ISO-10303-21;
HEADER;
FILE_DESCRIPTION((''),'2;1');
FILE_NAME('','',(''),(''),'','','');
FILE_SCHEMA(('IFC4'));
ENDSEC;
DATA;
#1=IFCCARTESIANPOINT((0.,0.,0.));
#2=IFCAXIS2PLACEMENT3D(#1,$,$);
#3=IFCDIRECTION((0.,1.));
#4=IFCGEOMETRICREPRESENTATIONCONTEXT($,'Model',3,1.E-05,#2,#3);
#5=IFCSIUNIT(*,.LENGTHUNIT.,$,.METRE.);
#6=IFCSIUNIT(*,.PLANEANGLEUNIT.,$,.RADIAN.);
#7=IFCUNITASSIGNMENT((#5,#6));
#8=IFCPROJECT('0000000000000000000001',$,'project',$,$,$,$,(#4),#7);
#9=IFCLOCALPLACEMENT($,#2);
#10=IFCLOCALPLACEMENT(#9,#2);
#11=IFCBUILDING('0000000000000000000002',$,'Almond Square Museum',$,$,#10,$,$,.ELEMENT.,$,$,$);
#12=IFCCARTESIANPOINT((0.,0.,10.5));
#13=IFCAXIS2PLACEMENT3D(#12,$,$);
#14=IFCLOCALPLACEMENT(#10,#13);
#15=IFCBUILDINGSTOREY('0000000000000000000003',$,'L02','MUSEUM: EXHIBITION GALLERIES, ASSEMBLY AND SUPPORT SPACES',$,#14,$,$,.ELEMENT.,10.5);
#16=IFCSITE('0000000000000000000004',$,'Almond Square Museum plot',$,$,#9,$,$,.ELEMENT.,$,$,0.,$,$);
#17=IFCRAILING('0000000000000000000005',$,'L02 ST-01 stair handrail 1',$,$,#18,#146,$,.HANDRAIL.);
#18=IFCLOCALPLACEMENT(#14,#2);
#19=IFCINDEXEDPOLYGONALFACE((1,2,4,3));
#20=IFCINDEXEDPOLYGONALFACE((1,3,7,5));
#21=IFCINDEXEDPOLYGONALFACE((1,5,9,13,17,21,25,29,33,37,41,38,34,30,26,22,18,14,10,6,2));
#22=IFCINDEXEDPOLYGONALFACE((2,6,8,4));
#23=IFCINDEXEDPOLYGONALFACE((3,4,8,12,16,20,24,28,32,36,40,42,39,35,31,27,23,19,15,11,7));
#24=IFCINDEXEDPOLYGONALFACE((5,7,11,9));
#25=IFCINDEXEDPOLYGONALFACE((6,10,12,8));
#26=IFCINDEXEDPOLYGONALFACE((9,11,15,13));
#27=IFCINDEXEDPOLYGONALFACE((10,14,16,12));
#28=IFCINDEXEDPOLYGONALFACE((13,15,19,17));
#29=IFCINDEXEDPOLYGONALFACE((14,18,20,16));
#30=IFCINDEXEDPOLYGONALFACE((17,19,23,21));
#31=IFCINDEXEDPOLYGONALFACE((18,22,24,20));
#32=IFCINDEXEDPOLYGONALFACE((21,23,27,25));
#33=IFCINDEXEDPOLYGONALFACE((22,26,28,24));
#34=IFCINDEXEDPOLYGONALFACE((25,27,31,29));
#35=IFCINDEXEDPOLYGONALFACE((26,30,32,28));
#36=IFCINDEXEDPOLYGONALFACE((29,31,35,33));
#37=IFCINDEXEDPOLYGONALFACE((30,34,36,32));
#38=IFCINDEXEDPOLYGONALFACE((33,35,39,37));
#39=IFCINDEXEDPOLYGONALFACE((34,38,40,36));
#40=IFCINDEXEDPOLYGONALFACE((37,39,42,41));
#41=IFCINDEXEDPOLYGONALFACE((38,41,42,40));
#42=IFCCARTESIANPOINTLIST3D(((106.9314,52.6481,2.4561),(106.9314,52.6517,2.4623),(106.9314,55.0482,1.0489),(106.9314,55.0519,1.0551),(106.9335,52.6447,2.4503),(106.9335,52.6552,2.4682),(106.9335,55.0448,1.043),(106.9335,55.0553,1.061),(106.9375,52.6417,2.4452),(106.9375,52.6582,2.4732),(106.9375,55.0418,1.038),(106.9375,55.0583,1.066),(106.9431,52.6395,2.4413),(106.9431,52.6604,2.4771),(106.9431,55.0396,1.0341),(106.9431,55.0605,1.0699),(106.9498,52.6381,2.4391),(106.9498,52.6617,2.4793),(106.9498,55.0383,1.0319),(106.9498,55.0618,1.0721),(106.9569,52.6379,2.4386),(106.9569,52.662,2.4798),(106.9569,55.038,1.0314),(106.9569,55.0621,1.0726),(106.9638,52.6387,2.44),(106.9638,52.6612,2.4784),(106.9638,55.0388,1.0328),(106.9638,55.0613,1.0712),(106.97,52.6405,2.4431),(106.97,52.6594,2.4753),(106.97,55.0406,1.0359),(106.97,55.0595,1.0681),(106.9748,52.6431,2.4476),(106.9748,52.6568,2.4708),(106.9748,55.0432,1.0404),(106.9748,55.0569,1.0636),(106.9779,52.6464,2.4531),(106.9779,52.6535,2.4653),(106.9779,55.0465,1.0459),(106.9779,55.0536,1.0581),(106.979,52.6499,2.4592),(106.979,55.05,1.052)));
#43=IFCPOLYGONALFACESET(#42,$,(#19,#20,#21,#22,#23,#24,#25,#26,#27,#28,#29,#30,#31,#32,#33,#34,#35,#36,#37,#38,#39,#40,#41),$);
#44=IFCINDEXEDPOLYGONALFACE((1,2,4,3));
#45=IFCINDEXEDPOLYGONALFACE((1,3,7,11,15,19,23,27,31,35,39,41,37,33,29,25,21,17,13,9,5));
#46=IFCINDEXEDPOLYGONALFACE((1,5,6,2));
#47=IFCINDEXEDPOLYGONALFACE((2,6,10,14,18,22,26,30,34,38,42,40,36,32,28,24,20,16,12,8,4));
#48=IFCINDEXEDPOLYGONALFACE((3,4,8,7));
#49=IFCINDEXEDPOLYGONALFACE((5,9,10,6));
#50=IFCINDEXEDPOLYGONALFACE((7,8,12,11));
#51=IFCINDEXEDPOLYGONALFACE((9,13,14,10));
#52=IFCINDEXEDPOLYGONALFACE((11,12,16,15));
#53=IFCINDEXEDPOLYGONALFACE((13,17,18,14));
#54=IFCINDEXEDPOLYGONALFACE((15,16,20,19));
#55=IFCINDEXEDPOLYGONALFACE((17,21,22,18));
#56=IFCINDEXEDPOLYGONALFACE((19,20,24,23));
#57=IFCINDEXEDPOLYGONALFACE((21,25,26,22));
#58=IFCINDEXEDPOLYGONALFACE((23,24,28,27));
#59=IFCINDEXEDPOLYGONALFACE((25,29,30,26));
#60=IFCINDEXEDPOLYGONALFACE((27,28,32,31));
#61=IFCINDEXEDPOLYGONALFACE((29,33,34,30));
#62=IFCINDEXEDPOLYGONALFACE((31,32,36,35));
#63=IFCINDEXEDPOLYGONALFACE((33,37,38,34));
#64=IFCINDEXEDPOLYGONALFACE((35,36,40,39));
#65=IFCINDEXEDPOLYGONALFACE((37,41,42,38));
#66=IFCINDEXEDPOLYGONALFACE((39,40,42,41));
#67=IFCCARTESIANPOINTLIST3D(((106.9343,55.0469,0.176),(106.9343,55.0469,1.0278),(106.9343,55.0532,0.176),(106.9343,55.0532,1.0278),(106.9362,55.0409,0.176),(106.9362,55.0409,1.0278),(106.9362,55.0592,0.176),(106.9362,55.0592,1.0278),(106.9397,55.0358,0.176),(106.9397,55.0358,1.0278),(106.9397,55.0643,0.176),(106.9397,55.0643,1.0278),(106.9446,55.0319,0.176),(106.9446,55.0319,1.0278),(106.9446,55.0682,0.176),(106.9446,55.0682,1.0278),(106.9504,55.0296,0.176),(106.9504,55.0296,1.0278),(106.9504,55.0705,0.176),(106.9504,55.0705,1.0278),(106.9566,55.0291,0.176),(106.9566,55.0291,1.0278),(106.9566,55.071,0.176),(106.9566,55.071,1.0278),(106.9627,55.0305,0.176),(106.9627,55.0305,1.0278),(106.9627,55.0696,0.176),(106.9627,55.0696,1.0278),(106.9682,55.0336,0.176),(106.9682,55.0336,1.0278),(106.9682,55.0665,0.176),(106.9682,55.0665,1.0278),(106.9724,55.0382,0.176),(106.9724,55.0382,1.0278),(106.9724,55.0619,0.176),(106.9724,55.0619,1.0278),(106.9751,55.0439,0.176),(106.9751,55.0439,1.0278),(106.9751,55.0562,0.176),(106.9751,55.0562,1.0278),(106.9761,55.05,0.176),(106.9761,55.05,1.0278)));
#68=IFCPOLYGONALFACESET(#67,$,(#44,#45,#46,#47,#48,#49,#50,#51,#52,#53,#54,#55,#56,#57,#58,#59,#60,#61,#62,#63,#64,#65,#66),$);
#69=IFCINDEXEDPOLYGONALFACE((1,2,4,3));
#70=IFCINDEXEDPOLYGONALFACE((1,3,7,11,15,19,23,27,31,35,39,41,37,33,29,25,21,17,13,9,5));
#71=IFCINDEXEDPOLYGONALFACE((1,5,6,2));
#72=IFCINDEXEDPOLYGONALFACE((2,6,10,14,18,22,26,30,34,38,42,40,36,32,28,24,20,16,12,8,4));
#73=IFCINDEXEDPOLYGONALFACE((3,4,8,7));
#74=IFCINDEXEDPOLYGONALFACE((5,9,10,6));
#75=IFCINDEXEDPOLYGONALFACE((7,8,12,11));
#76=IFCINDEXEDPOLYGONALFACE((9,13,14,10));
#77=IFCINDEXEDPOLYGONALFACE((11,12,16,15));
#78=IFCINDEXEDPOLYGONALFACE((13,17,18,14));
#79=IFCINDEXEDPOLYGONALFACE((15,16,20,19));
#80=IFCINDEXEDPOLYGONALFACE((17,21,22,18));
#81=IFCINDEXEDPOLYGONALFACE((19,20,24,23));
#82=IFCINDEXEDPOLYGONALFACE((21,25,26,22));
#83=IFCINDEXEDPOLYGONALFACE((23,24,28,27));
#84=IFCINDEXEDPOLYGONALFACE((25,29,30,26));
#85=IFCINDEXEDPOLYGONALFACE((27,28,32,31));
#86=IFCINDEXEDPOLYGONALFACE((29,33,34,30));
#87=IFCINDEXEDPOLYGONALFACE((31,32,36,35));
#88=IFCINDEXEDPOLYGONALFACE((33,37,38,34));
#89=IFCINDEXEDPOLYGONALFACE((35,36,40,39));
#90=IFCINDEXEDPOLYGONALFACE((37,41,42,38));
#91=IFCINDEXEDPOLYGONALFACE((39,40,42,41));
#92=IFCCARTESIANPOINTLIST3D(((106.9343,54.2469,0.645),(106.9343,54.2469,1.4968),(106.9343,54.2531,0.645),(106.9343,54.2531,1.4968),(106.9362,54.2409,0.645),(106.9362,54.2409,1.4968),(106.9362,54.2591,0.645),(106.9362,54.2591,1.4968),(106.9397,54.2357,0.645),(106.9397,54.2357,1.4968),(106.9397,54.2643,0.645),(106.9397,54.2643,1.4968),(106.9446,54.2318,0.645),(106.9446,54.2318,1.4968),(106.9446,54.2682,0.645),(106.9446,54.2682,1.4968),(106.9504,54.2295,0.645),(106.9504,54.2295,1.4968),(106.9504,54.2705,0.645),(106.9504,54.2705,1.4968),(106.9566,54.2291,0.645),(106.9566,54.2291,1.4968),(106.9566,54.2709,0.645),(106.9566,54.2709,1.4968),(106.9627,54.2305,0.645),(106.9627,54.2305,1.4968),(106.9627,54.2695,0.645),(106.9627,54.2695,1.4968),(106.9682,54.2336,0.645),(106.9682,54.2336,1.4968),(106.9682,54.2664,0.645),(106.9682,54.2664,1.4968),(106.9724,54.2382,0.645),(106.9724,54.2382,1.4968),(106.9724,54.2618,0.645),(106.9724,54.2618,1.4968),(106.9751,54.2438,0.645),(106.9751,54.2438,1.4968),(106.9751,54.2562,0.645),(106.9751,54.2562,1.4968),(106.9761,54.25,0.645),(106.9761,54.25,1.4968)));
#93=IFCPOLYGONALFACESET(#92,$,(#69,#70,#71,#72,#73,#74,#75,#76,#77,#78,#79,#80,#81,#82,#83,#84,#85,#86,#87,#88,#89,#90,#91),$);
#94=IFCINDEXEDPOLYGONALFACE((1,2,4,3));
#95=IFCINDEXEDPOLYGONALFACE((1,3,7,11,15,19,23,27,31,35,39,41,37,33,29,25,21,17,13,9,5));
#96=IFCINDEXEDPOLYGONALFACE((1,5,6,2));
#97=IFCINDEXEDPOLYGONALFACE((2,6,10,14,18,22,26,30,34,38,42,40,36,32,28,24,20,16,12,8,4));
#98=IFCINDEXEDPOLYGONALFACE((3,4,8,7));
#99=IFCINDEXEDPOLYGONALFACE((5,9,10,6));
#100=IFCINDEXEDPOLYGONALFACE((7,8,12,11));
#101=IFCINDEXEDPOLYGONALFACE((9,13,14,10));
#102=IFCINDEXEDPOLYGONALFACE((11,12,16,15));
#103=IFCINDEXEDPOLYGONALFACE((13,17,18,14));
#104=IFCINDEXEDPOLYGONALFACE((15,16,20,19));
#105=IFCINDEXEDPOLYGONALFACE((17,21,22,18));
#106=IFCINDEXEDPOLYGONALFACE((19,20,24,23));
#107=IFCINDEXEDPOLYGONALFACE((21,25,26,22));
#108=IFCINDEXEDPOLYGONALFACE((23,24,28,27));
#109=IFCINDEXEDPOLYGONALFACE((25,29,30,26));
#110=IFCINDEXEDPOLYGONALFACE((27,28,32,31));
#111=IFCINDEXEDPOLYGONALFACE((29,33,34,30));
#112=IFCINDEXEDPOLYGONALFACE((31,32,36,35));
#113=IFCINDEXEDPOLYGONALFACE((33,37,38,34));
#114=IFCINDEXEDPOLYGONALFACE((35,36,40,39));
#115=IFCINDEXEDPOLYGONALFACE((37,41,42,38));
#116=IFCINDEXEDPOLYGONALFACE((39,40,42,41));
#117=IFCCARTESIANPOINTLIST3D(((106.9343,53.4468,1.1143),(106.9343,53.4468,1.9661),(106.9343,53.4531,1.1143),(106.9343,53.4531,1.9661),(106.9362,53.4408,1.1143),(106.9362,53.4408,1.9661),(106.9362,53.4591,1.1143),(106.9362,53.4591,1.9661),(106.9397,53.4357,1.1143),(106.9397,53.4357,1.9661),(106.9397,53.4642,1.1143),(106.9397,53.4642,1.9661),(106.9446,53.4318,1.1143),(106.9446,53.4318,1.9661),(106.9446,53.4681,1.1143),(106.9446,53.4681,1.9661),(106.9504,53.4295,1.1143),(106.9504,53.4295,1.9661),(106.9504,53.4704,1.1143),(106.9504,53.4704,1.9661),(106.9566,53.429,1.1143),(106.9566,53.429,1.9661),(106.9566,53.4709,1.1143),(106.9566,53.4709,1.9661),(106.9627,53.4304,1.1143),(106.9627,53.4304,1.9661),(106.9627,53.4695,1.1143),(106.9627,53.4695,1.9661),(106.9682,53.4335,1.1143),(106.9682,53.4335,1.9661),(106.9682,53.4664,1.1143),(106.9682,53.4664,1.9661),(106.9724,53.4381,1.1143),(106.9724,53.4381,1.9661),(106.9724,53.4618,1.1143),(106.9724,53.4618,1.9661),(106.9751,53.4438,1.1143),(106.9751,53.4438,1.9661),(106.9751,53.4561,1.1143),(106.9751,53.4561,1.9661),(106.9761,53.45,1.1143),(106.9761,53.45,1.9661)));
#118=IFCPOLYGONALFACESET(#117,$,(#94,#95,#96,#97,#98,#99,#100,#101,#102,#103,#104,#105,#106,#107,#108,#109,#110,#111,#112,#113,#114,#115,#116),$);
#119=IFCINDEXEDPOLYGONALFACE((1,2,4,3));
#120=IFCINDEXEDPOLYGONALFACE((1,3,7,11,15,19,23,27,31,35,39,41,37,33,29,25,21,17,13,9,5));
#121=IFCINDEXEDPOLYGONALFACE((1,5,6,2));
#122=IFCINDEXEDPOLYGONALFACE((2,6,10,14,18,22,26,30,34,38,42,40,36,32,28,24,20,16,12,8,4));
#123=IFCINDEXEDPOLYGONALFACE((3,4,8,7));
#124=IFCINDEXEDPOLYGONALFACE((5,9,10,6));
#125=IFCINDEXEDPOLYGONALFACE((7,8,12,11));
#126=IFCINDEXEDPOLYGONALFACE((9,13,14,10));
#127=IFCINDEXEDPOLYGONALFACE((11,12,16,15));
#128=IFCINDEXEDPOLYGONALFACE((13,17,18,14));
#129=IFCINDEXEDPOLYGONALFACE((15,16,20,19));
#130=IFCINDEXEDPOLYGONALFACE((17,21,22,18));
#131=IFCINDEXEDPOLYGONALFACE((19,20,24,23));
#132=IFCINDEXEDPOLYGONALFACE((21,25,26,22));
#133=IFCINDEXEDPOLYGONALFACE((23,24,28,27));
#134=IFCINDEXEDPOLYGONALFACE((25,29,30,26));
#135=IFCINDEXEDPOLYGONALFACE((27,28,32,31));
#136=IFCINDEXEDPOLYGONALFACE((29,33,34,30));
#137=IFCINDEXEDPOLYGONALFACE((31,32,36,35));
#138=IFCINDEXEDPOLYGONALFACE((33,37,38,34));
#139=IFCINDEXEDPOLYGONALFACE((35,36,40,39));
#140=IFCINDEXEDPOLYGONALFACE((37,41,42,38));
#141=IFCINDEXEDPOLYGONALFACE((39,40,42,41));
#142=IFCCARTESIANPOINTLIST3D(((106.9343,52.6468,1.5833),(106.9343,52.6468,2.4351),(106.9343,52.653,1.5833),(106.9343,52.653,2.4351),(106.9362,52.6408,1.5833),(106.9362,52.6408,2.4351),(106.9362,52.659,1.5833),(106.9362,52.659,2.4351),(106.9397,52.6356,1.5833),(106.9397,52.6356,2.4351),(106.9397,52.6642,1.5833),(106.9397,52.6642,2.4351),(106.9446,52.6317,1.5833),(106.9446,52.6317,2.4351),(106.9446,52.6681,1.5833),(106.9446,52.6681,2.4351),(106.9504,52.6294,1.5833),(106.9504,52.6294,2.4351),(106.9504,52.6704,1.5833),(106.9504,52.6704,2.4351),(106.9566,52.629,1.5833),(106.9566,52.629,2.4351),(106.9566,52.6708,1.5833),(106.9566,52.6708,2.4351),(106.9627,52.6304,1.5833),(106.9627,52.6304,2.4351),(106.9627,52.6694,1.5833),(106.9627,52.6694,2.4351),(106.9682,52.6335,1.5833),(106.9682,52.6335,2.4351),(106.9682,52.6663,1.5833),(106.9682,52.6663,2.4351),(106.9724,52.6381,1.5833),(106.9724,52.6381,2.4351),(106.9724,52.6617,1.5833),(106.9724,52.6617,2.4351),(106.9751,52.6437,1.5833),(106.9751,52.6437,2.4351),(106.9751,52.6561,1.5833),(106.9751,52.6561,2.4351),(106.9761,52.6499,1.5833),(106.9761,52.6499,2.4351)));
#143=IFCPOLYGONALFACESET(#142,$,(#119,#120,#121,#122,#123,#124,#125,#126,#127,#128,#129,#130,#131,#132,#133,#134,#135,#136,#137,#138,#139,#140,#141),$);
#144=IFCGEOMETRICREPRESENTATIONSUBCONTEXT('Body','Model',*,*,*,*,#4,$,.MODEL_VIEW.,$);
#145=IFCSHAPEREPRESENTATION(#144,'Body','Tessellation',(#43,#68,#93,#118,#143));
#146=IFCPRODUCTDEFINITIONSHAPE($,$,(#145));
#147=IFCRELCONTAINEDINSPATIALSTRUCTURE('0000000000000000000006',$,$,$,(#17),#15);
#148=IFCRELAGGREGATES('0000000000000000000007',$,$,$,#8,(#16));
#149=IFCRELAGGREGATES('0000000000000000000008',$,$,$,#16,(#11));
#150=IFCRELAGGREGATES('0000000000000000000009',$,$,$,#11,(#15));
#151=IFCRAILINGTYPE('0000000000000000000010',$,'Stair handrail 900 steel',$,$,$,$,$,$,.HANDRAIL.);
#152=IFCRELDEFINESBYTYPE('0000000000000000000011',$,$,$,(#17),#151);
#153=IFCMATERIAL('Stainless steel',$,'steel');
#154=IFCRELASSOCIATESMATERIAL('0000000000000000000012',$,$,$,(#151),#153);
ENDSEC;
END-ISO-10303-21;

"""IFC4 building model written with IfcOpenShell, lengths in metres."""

from ifc_helpers import new_model, si_unit, direction, frame, origin, origin_2d, place, context, subcontext, project, spatial, circle, extrude, material, type_object, element, save


model = new_model("IFC4")

# Units and contexts
model_context = context("Model", 3, precision=1e-05, world=origin(), true_north=direction((0.0, 1.0)))
body_context = subcontext(model_context, "Body", "Model", "MODEL_VIEW")
ifc_project = project(units=[si_unit("LENGTHUNIT", "METRE"), si_unit("PLANEANGLEUNIT", "RADIAN")], contexts=[model_context])

# Site, building, storey
site_placement = place(None, origin())
site = spatial("IfcSite", under=ifc_project, at=site_placement, Name="Almond Square Museum plot", CompositionType="ELEMENT", RefElevation=0.0)
building_placement = place(site_placement, origin())
building = spatial("IfcBuilding", under=site, at=building_placement, Name="Almond Square Museum", CompositionType="ELEMENT")
storey_placement = place(building_placement, frame((0.0, 0.0, 10.5)))
storey = spatial("IfcBuildingStorey", under=building, at=storey_placement, Name="L02", Description="MUSEUM: EXHIBITION GALLERIES, ASSEMBLY AND SUPPORT SPACES", CompositionType="ELEMENT", Elevation=10.5)

# Railing
ifc_material_1 = material(Name="Stainless steel", Category="steel")
railing_type_1 = type_object("IfcRailingType", Name="Stair handrail 900 steel", PredefinedType="HANDRAIL", material=ifc_material_1)
railing_1_placement = place(storey_placement, frame((106.9551, 55.05, 0.176)))
element("IfcRailing", 1, at=railing_1_placement, inside=storey, type_object=railing_type_1, Name="L02 ST-01 stair handrail 1", PredefinedType="HANDRAIL", context=body_context, shape_type="SweptSolid", body=[
    extrude(circle(Radius=0.0239, at=origin_2d()), frame((0.0, 0.0, 0.876), z_axis=(0.0, -0.86266, 0.505785), x_axis=(1.0, 0.0, 0.0)), (0.0, 0.0, 1.0), 2.7822),
    extrude(circle(Radius=0.021, at=origin_2d()), origin(), (0.0, 0.0, 1.0), 0.8518),
    extrude(circle(Radius=0.021, at=origin_2d()), frame((0.0, -0.8, 0.469)), (0.0, 0.0, 1.0), 0.8518),
    extrude(circle(Radius=0.021, at=origin_2d()), frame((0.0, -1.6001, 0.9382)), (0.0, 0.0, 1.0), 0.8518),
    extrude(circle(Radius=0.021, at=origin_2d()), frame((0.0, -2.4001, 1.4072)), (0.0, 0.0, 1.0), 0.8518),
])

save(model, "model.ifc")
